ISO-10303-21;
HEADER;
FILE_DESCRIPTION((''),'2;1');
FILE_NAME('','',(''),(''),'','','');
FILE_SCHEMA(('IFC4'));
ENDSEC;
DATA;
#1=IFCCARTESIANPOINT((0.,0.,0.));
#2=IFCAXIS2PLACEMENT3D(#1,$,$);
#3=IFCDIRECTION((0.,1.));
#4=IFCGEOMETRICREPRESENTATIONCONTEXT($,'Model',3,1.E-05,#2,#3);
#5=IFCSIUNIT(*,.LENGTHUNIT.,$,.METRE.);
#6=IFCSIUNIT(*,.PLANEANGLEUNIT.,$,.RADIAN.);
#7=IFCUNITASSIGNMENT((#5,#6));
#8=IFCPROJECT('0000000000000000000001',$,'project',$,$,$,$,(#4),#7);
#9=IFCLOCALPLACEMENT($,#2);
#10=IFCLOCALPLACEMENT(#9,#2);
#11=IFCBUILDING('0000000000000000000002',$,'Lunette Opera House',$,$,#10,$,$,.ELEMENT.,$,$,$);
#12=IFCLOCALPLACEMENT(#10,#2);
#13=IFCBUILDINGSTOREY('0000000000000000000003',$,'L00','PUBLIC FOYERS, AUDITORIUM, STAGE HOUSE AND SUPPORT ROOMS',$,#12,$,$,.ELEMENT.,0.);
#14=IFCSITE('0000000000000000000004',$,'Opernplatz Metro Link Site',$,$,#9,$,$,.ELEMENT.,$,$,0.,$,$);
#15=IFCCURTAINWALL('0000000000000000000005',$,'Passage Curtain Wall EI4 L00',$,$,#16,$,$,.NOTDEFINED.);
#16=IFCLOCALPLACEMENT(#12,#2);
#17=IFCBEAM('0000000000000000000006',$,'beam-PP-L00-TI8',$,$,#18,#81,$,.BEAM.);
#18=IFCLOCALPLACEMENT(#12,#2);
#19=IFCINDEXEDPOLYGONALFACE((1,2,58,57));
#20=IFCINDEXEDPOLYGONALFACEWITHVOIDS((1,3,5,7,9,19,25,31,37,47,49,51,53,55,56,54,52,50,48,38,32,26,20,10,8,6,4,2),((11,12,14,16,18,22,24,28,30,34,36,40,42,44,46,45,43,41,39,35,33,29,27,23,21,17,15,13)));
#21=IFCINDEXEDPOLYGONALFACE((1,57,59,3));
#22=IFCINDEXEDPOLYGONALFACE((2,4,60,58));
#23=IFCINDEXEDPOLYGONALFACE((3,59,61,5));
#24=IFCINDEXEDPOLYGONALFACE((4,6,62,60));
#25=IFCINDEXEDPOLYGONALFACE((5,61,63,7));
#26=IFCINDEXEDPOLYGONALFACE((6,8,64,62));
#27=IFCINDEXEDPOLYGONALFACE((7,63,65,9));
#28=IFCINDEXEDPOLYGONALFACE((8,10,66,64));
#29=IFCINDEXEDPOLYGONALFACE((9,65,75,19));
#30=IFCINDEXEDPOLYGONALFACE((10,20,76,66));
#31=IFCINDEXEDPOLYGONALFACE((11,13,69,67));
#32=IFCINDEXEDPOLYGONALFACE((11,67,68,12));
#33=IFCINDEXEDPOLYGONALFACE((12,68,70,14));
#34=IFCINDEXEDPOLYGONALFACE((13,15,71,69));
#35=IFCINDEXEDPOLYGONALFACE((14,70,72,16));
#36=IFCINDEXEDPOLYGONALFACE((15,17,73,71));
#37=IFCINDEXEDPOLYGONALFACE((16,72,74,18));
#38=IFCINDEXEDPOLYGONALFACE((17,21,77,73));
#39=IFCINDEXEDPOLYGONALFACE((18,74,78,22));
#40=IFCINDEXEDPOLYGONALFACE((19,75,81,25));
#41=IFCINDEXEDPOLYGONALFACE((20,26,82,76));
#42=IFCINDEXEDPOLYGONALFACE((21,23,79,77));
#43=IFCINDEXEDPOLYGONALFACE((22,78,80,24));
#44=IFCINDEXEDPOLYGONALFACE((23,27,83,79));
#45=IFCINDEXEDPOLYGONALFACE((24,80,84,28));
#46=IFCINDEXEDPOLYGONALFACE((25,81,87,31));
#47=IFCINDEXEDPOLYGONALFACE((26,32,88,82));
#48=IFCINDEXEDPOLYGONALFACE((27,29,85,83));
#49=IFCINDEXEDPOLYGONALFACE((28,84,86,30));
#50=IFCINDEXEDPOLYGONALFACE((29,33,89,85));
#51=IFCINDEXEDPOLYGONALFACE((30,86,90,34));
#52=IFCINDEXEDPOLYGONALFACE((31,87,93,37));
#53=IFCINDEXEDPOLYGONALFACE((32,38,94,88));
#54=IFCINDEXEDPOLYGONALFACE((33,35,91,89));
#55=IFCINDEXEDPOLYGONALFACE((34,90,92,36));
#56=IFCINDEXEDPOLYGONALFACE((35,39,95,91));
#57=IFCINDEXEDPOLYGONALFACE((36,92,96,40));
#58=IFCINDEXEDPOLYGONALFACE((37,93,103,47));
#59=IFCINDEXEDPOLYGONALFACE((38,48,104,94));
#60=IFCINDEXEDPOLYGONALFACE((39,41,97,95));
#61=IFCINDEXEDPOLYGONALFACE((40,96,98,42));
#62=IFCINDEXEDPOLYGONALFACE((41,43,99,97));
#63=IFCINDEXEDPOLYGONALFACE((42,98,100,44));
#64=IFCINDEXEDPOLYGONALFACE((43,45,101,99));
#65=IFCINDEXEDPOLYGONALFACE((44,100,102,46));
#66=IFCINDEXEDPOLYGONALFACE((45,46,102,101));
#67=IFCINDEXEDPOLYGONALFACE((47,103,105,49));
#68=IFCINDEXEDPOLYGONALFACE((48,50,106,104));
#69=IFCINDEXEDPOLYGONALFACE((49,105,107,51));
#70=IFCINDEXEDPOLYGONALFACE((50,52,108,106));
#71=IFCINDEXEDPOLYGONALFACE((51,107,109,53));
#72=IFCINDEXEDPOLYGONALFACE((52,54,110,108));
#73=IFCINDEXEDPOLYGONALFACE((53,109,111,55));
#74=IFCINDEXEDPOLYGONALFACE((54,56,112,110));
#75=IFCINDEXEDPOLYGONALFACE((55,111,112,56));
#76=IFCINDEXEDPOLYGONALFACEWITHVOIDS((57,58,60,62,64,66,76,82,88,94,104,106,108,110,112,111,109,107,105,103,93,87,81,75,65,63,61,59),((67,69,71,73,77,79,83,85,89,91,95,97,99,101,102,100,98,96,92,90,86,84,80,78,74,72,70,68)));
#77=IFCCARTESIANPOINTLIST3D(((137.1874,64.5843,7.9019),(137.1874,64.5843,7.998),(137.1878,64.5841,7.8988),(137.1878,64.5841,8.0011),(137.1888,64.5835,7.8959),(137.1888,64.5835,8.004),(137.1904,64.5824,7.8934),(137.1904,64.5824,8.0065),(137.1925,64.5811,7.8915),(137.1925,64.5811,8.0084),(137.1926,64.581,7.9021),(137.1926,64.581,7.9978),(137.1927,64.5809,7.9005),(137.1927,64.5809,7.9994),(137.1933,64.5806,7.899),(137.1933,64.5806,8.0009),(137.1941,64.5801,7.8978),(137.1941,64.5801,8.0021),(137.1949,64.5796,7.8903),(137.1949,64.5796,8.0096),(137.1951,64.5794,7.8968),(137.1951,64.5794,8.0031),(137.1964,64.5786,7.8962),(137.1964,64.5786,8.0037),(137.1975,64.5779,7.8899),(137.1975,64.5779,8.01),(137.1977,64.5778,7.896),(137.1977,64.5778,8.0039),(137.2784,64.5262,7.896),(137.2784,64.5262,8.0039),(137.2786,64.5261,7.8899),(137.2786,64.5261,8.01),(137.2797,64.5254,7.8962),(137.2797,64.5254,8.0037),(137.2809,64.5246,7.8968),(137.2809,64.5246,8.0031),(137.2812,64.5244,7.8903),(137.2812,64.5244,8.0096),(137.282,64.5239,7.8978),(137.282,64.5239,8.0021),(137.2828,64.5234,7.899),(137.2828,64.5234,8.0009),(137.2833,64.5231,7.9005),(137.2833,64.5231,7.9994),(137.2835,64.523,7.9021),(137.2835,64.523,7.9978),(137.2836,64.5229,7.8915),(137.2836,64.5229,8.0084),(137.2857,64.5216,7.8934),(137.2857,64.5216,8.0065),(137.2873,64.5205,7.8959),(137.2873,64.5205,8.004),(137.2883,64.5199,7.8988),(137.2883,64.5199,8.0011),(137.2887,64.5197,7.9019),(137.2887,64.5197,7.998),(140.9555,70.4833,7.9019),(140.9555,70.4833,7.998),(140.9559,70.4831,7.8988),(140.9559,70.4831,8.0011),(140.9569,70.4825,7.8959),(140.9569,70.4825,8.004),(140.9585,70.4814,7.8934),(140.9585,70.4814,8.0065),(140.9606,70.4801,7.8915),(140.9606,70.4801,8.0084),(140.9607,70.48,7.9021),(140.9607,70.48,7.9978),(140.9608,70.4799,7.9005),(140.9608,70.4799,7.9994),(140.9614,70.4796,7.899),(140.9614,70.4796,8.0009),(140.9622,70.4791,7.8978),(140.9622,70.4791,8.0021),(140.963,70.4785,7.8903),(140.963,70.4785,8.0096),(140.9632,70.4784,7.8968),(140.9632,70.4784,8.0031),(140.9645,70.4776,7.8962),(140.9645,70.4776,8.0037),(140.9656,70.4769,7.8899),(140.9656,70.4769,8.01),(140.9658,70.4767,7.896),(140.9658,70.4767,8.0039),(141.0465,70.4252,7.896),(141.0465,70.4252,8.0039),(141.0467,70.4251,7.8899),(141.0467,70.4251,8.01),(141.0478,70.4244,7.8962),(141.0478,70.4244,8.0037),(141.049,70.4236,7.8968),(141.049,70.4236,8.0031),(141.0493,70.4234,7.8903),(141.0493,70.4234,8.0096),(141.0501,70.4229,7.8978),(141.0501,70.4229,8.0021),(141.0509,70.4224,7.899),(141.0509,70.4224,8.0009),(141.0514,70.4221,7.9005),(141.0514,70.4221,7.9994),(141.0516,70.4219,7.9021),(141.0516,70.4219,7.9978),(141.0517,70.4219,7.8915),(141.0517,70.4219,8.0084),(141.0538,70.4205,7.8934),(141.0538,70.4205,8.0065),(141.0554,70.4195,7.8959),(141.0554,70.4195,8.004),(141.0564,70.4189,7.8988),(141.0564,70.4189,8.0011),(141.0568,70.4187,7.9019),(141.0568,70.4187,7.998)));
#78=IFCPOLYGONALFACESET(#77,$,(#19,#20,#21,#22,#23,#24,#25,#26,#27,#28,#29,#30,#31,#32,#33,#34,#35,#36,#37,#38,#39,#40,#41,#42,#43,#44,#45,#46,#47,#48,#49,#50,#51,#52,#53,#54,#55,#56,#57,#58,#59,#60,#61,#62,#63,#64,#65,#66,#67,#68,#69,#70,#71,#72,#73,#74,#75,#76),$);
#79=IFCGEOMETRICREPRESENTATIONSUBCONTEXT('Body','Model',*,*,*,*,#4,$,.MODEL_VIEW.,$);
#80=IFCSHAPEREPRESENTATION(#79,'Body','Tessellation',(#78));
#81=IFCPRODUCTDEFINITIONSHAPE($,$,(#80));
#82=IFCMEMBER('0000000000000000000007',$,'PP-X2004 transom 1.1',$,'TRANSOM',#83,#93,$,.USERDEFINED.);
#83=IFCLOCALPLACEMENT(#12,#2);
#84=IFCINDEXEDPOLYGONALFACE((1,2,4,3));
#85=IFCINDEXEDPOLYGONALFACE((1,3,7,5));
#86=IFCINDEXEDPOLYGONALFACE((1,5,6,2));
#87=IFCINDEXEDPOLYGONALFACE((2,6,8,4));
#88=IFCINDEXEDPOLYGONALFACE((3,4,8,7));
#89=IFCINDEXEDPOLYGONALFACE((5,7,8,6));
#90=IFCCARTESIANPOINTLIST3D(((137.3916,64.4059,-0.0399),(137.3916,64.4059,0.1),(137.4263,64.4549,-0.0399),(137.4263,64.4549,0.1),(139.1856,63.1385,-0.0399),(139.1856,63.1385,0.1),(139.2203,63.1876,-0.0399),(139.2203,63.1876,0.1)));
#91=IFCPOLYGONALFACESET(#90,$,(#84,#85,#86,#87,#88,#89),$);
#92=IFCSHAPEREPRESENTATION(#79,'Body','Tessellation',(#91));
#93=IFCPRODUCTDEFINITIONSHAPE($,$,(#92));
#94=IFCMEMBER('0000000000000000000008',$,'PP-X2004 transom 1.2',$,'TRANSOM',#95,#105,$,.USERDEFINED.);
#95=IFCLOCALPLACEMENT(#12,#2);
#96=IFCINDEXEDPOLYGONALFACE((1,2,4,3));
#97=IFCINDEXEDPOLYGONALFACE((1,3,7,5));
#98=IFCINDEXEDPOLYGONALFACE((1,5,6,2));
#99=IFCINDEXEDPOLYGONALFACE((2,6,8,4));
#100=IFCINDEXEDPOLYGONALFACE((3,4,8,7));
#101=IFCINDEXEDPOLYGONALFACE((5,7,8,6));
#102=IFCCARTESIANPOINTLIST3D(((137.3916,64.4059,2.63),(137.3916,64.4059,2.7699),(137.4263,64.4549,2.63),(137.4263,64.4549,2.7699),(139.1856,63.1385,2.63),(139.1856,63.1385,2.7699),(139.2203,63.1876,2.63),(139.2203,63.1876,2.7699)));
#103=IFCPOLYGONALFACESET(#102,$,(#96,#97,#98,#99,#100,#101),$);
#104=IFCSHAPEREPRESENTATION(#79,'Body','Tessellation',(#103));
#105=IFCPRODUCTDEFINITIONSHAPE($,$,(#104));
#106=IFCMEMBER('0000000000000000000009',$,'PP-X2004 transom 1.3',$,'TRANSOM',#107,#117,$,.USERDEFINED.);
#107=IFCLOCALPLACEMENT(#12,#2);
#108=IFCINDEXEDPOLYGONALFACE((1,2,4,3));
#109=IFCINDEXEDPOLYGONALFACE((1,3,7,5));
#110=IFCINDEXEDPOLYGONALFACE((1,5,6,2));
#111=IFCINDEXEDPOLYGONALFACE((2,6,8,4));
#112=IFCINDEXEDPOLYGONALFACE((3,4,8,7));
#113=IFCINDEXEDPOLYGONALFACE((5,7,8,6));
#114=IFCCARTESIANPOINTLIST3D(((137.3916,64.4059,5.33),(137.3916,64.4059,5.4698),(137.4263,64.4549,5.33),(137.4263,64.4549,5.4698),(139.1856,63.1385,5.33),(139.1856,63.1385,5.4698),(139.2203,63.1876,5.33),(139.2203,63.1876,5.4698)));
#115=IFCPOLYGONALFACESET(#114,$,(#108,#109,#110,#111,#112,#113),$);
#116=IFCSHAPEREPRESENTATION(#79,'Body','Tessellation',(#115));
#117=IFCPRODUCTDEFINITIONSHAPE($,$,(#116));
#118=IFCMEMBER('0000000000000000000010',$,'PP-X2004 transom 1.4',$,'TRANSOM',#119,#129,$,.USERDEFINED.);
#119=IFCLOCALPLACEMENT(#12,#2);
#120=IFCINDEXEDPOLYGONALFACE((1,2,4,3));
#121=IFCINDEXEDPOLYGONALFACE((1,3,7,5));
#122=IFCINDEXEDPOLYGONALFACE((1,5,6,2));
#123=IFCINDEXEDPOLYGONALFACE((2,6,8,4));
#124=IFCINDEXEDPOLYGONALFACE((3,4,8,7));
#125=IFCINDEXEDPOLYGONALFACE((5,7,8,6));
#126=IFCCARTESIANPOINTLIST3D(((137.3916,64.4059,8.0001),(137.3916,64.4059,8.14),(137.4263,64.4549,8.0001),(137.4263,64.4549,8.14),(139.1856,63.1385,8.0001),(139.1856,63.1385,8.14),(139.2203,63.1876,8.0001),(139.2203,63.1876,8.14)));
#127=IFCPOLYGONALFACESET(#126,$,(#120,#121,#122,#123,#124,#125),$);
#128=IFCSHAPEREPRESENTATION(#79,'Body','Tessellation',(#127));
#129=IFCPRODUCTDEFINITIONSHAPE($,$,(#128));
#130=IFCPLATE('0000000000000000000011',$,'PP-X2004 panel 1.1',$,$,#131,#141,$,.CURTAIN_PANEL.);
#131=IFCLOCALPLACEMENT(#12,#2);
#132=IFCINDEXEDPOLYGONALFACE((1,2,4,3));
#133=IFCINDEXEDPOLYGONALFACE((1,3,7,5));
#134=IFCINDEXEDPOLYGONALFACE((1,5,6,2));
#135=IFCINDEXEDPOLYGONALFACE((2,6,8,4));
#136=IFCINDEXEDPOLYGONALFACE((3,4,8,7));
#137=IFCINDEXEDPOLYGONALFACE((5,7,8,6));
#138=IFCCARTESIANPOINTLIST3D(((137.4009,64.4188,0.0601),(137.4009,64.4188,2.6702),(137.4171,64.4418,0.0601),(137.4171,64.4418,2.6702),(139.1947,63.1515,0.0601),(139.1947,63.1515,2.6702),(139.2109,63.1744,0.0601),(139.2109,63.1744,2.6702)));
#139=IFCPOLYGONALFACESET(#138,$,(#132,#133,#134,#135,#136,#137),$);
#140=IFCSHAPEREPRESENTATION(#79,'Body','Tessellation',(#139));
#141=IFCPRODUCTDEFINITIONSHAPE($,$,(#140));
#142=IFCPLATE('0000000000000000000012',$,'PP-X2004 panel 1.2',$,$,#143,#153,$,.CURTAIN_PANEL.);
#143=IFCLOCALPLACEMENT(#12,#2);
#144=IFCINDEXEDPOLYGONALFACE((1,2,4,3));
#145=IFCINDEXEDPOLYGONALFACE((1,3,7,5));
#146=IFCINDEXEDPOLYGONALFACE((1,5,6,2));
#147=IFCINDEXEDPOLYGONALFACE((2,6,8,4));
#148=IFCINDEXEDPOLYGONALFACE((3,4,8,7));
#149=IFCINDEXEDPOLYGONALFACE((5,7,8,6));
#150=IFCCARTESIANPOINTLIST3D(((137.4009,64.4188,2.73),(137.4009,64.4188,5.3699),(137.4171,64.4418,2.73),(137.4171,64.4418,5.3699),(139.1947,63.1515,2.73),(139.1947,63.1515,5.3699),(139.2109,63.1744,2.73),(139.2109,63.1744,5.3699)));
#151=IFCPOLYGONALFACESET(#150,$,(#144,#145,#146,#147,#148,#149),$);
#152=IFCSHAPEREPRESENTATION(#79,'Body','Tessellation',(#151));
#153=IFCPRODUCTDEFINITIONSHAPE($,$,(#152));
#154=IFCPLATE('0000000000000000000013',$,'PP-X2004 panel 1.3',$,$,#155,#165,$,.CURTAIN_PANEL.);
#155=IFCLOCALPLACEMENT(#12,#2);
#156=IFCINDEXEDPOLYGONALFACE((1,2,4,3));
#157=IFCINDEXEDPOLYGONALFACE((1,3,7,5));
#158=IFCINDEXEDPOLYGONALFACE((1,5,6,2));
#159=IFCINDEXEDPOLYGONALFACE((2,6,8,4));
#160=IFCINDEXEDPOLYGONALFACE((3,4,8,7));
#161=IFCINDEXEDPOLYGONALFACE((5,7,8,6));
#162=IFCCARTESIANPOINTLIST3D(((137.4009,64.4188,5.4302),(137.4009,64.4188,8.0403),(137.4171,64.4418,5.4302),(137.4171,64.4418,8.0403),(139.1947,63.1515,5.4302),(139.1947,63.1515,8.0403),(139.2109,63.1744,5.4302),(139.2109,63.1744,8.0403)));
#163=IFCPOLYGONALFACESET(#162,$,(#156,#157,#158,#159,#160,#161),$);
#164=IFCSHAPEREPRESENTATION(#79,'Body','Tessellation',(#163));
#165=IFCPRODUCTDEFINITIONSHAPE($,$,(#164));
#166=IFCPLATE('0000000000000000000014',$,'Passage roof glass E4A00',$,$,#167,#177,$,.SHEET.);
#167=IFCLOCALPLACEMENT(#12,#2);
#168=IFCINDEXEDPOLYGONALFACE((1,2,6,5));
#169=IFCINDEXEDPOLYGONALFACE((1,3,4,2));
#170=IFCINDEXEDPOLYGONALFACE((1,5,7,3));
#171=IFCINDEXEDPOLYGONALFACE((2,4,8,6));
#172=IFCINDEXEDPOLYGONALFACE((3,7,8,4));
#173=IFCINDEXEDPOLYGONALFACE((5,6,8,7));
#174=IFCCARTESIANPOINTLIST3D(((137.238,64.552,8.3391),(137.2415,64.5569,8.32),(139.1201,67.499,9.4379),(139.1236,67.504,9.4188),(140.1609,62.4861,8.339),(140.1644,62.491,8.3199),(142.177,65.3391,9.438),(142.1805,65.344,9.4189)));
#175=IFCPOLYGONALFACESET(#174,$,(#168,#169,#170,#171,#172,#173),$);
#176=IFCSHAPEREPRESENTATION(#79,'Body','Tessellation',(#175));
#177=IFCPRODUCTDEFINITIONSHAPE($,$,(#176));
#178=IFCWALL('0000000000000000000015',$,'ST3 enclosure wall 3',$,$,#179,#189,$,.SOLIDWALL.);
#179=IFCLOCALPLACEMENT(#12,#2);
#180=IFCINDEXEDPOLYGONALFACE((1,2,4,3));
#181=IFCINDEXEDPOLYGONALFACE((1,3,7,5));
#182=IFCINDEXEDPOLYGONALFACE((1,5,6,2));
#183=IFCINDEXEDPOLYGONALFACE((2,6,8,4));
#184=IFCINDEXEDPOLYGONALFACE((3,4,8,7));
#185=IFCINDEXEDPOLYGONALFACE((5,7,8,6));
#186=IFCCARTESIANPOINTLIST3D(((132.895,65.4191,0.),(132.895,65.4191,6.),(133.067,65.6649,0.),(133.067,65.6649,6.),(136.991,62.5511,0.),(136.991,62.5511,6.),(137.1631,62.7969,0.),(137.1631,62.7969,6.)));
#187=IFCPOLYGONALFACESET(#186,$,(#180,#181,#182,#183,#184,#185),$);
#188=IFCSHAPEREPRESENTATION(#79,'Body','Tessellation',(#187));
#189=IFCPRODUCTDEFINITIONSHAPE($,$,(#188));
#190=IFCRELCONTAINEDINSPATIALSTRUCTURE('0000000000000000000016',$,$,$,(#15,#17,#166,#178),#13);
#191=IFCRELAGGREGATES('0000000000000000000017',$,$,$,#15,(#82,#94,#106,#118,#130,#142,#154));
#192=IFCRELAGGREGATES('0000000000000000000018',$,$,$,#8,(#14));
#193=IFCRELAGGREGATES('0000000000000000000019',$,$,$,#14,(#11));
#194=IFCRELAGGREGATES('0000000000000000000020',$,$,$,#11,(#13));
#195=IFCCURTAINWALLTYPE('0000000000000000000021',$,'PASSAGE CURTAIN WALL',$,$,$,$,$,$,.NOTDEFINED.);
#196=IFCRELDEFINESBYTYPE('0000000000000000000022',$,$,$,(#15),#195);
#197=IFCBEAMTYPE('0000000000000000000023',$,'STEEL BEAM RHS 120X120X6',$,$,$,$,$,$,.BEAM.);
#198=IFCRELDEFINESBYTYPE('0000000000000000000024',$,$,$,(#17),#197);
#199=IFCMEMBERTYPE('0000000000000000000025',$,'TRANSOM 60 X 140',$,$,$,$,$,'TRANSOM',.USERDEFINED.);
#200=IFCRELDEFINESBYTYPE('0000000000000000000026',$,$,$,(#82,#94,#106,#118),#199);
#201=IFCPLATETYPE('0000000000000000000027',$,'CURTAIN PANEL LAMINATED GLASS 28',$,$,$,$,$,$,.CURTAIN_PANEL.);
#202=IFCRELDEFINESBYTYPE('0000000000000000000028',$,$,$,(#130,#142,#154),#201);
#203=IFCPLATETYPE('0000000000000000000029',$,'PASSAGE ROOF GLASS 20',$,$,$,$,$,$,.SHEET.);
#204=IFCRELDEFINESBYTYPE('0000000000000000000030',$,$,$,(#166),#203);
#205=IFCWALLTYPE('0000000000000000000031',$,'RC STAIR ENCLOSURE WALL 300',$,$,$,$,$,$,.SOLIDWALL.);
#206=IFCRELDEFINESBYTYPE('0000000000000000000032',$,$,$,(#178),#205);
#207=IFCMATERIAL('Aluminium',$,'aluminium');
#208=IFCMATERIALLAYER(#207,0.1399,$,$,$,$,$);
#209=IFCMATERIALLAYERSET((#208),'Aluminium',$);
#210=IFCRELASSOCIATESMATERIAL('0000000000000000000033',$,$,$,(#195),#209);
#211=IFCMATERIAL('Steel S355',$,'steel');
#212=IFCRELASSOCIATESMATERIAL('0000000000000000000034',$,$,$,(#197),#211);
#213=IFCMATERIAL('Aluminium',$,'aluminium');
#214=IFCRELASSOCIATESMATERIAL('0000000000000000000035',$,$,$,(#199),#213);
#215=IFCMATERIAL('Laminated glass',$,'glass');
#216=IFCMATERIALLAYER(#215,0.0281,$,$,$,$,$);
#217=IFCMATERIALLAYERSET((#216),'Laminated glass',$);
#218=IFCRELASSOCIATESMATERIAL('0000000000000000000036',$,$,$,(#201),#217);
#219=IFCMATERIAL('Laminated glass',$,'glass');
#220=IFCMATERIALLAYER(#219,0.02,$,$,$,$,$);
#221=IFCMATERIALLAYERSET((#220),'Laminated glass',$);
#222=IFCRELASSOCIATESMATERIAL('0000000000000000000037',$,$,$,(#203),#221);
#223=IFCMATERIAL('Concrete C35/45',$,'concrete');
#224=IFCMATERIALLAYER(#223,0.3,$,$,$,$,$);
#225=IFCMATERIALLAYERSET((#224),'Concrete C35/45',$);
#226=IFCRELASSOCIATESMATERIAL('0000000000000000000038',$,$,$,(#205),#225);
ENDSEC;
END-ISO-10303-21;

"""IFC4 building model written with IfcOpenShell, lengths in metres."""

from ifc_helpers import new_model, si_unit, direction, frame, frame_2d, origin, origin_2d, place, context, subcontext, project, spatial, polyline, rectangle, hollow_rectangle, outline, extrude, material, layer, layer_set, material_profile, profile_set, type_object, element, aggregate, save


model = new_model("IFC4")

# Units and contexts
model_context = context("Model", 3, precision=1e-05, world=origin(), true_north=direction((0.0, 1.0)))
body_context = subcontext(model_context, "Body", "Model", "MODEL_VIEW")
ifc_project = project(units=[si_unit("LENGTHUNIT", "METRE"), si_unit("PLANEANGLEUNIT", "RADIAN")], contexts=[model_context])

# Site, building, storey
site_placement = place(None, origin())
site = spatial("IfcSite", under=ifc_project, at=site_placement, Name="Opernplatz Metro Link Site", CompositionType="ELEMENT", RefElevation=0.0)
building_placement = place(site_placement, origin())
building = spatial("IfcBuilding", under=site, at=building_placement, Name="Lunette Opera House", CompositionType="ELEMENT")
storey_placement = place(building_placement, origin())
storey = spatial("IfcBuildingStorey", under=building, at=storey_placement, Name="L00", Description="PUBLIC FOYERS, AUDITORIUM, STAGE HOUSE AND SUPPORT ROOMS", CompositionType="ELEMENT", Elevation=0.0)

# Curtain wall
ifc_material_1 = material(Name="Aluminium", Category="aluminium")
ifc_layer_1 = layer(ifc_material_1, 0.1399)
ifc_layer_set_1 = layer_set([ifc_layer_1], Name="Aluminium")
curtain_wall_type = type_object("IfcCurtainWallType", Name="PASSAGE CURTAIN WALL", PredefinedType="NOTDEFINED", material=ifc_layer_set_1)
curtain_wall_1_placement = place(storey_placement, origin())
curtain_wall_1 = element("IfcCurtainWall", 1, at=curtain_wall_1_placement, inside=storey, type_object=curtain_wall_type, Name="Passage Curtain Wall EI4 L00", PredefinedType="NOTDEFINED")

# Beam
ifc_material_2 = material(Name="Steel S355", Category="steel")
ifc_material_profile_1 = material_profile(ifc_material_2, hollow_rectangle(XDim=0.1201, YDim=0.1201, WallThickness=0.0061, InnerFilletRadius=0.0061, OuterFilletRadius=0.012, at=origin_2d()), Name="RHS 120X120X6")
ifc_profile_set_1 = profile_set([ifc_material_profile_1], Name="Steel S355")
beam_type_1 = type_object("IfcBeamType", Name="STEEL BEAM RHS 120X120X6", PredefinedType="BEAM", material=ifc_profile_set_1)
beam_1_placement = place(storey_placement, frame((137.238, 64.552, 7.95), z_axis=(0.538319, 0.842741, 0.0), x_axis=(-0.842741, 0.538319, 0.0)))
element("IfcBeam", 2, at=beam_1_placement, inside=storey, type_object=beam_type_1, Name="beam-PP-L00-TI8", PredefinedType="BEAM", context=body_context, shape_type="SweptSolid", body=[
    extrude(hollow_rectangle(XDim=0.1201, YDim=0.1201, WallThickness=0.0061, InnerFilletRadius=0.0061, OuterFilletRadius=0.012, at=origin_2d()), origin(), (0.0, 0.0, 1.0), 6.9998),
])

# Members
ifc_material_3 = material(Name="Aluminium", Category="aluminium")
ifc_material_profile_2 = material_profile(ifc_material_3, rectangle(XDim=0.0601, YDim=0.1399, at=origin_2d()), Name="TRANSOM 60 X 140")
ifc_profile_set_2 = profile_set([ifc_material_profile_2], Name="Aluminium")
member_type_1 = type_object("IfcMemberType", Name="TRANSOM 60 X 140", ElementType="TRANSOM", PredefinedType="USERDEFINED", material=ifc_profile_set_2)
member_1_placement = place(storey_placement, frame((137.4089, 64.4304, 0.03), z_axis=(0.816749, -0.576993, 0.0), x_axis=(0.576993, 0.816749, 0.0)))
member_1 = element("IfcMember", 3, at=member_1_placement, type_object=member_type_1, Name="PP-X2004 transom 1.1", ObjectType="TRANSOM", PredefinedType="USERDEFINED", context=body_context, shape_type="SweptSolid", body=[
    extrude(rectangle(XDim=0.0601, YDim=0.1399, at=origin_2d()), origin(), (0.0, 0.0, 1.0), 2.1965),
])
member_2_placement = place(storey_placement, frame((137.4089, 64.4304, 2.7), z_axis=(0.816749, -0.576993, 0.0), x_axis=(0.576993, 0.816749, 0.0)))
member_2 = element("IfcMember", 4, at=member_2_placement, type_object=member_type_1, Name="PP-X2004 transom 1.2", ObjectType="TRANSOM", PredefinedType="USERDEFINED", context=body_context, shape_type="SweptSolid", body=[
    extrude(rectangle(XDim=0.0601, YDim=0.1399, at=origin_2d()), origin(), (0.0, 0.0, 1.0), 2.1965),
])
member_3_placement = place(storey_placement, frame((137.4089, 64.4304, 5.3999), z_axis=(0.816749, -0.576993, 0.0), x_axis=(0.576993, 0.816749, 0.0)))
member_3 = element("IfcMember", 5, at=member_3_placement, type_object=member_type_1, Name="PP-X2004 transom 1.3", ObjectType="TRANSOM", PredefinedType="USERDEFINED", context=body_context, shape_type="SweptSolid", body=[
    extrude(rectangle(XDim=0.0601, YDim=0.1399, at=origin_2d()), origin(), (0.0, 0.0, 1.0), 2.1965),
])
member_4_placement = place(storey_placement, frame((137.4089, 64.4304, 8.0701), z_axis=(0.816749, -0.576993, 0.0), x_axis=(0.576993, 0.816749, 0.0)))
member_4 = element("IfcMember", 6, at=member_4_placement, type_object=member_type_1, Name="PP-X2004 transom 1.4", ObjectType="TRANSOM", PredefinedType="USERDEFINED", context=body_context, shape_type="SweptSolid", body=[
    extrude(rectangle(XDim=0.0601, YDim=0.1399, at=origin_2d()), origin(), (0.0, 0.0, 1.0), 2.1965),
])

# Plates
ifc_material_4 = material(Name="Laminated glass", Category="glass")
ifc_layer_2 = layer(ifc_material_4, 0.0281)
ifc_layer_set_2 = layer_set([ifc_layer_2], Name="Laminated glass")
plate_type_1 = type_object("IfcPlateType", Name="CURTAIN PANEL LAMINATED GLASS 28", PredefinedType="CURTAIN_PANEL", material=ifc_layer_set_2)
plate_1_placement = place(storey_placement, frame((138.3059, 63.7966, 0.0601), z_axis=(0.0, 0.0, 1.0), x_axis=(0.816717, -0.577038, 0.0)))
plate_1 = element("IfcPlate", 7, at=plate_1_placement, type_object=plate_type_1, Name="PP-X2004 panel 1.1", PredefinedType="CURTAIN_PANEL", context=body_context, shape_type="SweptSolid", body=[
    extrude(rectangle(XDim=2.1963, YDim=0.0281, at=origin_2d()), origin(), (0.0, 0.0, 1.0), 2.6101),
])
plate_2_placement = place(storey_placement, frame((138.3059, 63.7966, 2.73), z_axis=(0.0, 0.0, 1.0), x_axis=(0.816717, -0.577038, 0.0)))
plate_2 = element("IfcPlate", 8, at=plate_2_placement, type_object=plate_type_1, Name="PP-X2004 panel 1.2", PredefinedType="CURTAIN_PANEL", context=body_context, shape_type="SweptSolid", body=[
    extrude(rectangle(XDim=2.1963, YDim=0.0281, at=origin_2d()), origin(), (0.0, 0.0, 1.0), 2.6399),
])
plate_3_placement = place(storey_placement, frame((138.3059, 63.7966, 5.4302), z_axis=(0.0, 0.0, 1.0), x_axis=(0.816717, -0.577038, 0.0)))
plate_3 = element("IfcPlate", 9, at=plate_3_placement, type_object=plate_type_1, Name="PP-X2004 panel 1.3", PredefinedType="CURTAIN_PANEL", context=body_context, shape_type="SweptSolid", body=[
    extrude(rectangle(XDim=2.1963, YDim=0.0281, at=origin_2d()), origin(), (0.0, 0.0, 1.0), 2.6101),
])
aggregate(curtain_wall_1, [member_1, member_2, member_3, member_4, plate_1, plate_2, plate_3])
ifc_material_5 = material(Name="Laminated glass", Category="glass")
ifc_layer_3 = layer(ifc_material_5, 0.02)
ifc_layer_set_3 = layer_set([ifc_layer_3], Name="Laminated glass")
plate_type_2 = type_object("IfcPlateType", Name="PASSAGE ROOF GLASS 20", PredefinedType="SHEET", material=ifc_layer_set_3)
plate_4_placement = place(storey_placement, frame((137.238, 64.552, 8.3391), z_axis=(-0.173183, -0.245061, 0.953914), x_axis=(0.816613, -0.577186, -0.000024)))
element("IfcPlate", 10, at=plate_4_placement, inside=storey, type_object=plate_type_2, Name="Passage roof glass E4A00", PredefinedType="SHEET", context=body_context, shape_type="SweptSolid", body=[
    extrude(outline(polyline([(0.0, 0.0), (3.5793, 0.0), (3.5789, 3.6622), (-0.1641, 3.6617), (0.0, 0.0)])), origin(), (0.0, 0.0, -1.0), 0.02),
])

# Wall
ifc_material_6 = material(Name="Concrete C35/45", Category="concrete")
ifc_layer_4 = layer(ifc_material_6, 0.3)
ifc_layer_set_4 = layer_set([ifc_layer_4], Name="Concrete C35/45")
wall_type = type_object("IfcWallType", Name="RC STAIR ENCLOSURE WALL 300", PredefinedType="SOLIDWALL", material=ifc_layer_set_4)
wall_placement = place(storey_placement, frame((137.0769, 62.6741, 0.0), z_axis=(0.0, 0.0, 1.0), x_axis=(-0.819161, 0.573564, 0.0)))
element("IfcWall", 11, at=wall_placement, inside=storey, type_object=wall_type, Name="ST3 enclosure wall 3", PredefinedType="SOLIDWALL", context=body_context, shape_type="SweptSolid", body=[
    extrude(rectangle(XDim=5.0002, YDim=0.3, at=frame_2d((2.5, 0.0))), origin(), (0.0, 0.0, 1.0), 6.0),
])

save(model, "model.ifc")
